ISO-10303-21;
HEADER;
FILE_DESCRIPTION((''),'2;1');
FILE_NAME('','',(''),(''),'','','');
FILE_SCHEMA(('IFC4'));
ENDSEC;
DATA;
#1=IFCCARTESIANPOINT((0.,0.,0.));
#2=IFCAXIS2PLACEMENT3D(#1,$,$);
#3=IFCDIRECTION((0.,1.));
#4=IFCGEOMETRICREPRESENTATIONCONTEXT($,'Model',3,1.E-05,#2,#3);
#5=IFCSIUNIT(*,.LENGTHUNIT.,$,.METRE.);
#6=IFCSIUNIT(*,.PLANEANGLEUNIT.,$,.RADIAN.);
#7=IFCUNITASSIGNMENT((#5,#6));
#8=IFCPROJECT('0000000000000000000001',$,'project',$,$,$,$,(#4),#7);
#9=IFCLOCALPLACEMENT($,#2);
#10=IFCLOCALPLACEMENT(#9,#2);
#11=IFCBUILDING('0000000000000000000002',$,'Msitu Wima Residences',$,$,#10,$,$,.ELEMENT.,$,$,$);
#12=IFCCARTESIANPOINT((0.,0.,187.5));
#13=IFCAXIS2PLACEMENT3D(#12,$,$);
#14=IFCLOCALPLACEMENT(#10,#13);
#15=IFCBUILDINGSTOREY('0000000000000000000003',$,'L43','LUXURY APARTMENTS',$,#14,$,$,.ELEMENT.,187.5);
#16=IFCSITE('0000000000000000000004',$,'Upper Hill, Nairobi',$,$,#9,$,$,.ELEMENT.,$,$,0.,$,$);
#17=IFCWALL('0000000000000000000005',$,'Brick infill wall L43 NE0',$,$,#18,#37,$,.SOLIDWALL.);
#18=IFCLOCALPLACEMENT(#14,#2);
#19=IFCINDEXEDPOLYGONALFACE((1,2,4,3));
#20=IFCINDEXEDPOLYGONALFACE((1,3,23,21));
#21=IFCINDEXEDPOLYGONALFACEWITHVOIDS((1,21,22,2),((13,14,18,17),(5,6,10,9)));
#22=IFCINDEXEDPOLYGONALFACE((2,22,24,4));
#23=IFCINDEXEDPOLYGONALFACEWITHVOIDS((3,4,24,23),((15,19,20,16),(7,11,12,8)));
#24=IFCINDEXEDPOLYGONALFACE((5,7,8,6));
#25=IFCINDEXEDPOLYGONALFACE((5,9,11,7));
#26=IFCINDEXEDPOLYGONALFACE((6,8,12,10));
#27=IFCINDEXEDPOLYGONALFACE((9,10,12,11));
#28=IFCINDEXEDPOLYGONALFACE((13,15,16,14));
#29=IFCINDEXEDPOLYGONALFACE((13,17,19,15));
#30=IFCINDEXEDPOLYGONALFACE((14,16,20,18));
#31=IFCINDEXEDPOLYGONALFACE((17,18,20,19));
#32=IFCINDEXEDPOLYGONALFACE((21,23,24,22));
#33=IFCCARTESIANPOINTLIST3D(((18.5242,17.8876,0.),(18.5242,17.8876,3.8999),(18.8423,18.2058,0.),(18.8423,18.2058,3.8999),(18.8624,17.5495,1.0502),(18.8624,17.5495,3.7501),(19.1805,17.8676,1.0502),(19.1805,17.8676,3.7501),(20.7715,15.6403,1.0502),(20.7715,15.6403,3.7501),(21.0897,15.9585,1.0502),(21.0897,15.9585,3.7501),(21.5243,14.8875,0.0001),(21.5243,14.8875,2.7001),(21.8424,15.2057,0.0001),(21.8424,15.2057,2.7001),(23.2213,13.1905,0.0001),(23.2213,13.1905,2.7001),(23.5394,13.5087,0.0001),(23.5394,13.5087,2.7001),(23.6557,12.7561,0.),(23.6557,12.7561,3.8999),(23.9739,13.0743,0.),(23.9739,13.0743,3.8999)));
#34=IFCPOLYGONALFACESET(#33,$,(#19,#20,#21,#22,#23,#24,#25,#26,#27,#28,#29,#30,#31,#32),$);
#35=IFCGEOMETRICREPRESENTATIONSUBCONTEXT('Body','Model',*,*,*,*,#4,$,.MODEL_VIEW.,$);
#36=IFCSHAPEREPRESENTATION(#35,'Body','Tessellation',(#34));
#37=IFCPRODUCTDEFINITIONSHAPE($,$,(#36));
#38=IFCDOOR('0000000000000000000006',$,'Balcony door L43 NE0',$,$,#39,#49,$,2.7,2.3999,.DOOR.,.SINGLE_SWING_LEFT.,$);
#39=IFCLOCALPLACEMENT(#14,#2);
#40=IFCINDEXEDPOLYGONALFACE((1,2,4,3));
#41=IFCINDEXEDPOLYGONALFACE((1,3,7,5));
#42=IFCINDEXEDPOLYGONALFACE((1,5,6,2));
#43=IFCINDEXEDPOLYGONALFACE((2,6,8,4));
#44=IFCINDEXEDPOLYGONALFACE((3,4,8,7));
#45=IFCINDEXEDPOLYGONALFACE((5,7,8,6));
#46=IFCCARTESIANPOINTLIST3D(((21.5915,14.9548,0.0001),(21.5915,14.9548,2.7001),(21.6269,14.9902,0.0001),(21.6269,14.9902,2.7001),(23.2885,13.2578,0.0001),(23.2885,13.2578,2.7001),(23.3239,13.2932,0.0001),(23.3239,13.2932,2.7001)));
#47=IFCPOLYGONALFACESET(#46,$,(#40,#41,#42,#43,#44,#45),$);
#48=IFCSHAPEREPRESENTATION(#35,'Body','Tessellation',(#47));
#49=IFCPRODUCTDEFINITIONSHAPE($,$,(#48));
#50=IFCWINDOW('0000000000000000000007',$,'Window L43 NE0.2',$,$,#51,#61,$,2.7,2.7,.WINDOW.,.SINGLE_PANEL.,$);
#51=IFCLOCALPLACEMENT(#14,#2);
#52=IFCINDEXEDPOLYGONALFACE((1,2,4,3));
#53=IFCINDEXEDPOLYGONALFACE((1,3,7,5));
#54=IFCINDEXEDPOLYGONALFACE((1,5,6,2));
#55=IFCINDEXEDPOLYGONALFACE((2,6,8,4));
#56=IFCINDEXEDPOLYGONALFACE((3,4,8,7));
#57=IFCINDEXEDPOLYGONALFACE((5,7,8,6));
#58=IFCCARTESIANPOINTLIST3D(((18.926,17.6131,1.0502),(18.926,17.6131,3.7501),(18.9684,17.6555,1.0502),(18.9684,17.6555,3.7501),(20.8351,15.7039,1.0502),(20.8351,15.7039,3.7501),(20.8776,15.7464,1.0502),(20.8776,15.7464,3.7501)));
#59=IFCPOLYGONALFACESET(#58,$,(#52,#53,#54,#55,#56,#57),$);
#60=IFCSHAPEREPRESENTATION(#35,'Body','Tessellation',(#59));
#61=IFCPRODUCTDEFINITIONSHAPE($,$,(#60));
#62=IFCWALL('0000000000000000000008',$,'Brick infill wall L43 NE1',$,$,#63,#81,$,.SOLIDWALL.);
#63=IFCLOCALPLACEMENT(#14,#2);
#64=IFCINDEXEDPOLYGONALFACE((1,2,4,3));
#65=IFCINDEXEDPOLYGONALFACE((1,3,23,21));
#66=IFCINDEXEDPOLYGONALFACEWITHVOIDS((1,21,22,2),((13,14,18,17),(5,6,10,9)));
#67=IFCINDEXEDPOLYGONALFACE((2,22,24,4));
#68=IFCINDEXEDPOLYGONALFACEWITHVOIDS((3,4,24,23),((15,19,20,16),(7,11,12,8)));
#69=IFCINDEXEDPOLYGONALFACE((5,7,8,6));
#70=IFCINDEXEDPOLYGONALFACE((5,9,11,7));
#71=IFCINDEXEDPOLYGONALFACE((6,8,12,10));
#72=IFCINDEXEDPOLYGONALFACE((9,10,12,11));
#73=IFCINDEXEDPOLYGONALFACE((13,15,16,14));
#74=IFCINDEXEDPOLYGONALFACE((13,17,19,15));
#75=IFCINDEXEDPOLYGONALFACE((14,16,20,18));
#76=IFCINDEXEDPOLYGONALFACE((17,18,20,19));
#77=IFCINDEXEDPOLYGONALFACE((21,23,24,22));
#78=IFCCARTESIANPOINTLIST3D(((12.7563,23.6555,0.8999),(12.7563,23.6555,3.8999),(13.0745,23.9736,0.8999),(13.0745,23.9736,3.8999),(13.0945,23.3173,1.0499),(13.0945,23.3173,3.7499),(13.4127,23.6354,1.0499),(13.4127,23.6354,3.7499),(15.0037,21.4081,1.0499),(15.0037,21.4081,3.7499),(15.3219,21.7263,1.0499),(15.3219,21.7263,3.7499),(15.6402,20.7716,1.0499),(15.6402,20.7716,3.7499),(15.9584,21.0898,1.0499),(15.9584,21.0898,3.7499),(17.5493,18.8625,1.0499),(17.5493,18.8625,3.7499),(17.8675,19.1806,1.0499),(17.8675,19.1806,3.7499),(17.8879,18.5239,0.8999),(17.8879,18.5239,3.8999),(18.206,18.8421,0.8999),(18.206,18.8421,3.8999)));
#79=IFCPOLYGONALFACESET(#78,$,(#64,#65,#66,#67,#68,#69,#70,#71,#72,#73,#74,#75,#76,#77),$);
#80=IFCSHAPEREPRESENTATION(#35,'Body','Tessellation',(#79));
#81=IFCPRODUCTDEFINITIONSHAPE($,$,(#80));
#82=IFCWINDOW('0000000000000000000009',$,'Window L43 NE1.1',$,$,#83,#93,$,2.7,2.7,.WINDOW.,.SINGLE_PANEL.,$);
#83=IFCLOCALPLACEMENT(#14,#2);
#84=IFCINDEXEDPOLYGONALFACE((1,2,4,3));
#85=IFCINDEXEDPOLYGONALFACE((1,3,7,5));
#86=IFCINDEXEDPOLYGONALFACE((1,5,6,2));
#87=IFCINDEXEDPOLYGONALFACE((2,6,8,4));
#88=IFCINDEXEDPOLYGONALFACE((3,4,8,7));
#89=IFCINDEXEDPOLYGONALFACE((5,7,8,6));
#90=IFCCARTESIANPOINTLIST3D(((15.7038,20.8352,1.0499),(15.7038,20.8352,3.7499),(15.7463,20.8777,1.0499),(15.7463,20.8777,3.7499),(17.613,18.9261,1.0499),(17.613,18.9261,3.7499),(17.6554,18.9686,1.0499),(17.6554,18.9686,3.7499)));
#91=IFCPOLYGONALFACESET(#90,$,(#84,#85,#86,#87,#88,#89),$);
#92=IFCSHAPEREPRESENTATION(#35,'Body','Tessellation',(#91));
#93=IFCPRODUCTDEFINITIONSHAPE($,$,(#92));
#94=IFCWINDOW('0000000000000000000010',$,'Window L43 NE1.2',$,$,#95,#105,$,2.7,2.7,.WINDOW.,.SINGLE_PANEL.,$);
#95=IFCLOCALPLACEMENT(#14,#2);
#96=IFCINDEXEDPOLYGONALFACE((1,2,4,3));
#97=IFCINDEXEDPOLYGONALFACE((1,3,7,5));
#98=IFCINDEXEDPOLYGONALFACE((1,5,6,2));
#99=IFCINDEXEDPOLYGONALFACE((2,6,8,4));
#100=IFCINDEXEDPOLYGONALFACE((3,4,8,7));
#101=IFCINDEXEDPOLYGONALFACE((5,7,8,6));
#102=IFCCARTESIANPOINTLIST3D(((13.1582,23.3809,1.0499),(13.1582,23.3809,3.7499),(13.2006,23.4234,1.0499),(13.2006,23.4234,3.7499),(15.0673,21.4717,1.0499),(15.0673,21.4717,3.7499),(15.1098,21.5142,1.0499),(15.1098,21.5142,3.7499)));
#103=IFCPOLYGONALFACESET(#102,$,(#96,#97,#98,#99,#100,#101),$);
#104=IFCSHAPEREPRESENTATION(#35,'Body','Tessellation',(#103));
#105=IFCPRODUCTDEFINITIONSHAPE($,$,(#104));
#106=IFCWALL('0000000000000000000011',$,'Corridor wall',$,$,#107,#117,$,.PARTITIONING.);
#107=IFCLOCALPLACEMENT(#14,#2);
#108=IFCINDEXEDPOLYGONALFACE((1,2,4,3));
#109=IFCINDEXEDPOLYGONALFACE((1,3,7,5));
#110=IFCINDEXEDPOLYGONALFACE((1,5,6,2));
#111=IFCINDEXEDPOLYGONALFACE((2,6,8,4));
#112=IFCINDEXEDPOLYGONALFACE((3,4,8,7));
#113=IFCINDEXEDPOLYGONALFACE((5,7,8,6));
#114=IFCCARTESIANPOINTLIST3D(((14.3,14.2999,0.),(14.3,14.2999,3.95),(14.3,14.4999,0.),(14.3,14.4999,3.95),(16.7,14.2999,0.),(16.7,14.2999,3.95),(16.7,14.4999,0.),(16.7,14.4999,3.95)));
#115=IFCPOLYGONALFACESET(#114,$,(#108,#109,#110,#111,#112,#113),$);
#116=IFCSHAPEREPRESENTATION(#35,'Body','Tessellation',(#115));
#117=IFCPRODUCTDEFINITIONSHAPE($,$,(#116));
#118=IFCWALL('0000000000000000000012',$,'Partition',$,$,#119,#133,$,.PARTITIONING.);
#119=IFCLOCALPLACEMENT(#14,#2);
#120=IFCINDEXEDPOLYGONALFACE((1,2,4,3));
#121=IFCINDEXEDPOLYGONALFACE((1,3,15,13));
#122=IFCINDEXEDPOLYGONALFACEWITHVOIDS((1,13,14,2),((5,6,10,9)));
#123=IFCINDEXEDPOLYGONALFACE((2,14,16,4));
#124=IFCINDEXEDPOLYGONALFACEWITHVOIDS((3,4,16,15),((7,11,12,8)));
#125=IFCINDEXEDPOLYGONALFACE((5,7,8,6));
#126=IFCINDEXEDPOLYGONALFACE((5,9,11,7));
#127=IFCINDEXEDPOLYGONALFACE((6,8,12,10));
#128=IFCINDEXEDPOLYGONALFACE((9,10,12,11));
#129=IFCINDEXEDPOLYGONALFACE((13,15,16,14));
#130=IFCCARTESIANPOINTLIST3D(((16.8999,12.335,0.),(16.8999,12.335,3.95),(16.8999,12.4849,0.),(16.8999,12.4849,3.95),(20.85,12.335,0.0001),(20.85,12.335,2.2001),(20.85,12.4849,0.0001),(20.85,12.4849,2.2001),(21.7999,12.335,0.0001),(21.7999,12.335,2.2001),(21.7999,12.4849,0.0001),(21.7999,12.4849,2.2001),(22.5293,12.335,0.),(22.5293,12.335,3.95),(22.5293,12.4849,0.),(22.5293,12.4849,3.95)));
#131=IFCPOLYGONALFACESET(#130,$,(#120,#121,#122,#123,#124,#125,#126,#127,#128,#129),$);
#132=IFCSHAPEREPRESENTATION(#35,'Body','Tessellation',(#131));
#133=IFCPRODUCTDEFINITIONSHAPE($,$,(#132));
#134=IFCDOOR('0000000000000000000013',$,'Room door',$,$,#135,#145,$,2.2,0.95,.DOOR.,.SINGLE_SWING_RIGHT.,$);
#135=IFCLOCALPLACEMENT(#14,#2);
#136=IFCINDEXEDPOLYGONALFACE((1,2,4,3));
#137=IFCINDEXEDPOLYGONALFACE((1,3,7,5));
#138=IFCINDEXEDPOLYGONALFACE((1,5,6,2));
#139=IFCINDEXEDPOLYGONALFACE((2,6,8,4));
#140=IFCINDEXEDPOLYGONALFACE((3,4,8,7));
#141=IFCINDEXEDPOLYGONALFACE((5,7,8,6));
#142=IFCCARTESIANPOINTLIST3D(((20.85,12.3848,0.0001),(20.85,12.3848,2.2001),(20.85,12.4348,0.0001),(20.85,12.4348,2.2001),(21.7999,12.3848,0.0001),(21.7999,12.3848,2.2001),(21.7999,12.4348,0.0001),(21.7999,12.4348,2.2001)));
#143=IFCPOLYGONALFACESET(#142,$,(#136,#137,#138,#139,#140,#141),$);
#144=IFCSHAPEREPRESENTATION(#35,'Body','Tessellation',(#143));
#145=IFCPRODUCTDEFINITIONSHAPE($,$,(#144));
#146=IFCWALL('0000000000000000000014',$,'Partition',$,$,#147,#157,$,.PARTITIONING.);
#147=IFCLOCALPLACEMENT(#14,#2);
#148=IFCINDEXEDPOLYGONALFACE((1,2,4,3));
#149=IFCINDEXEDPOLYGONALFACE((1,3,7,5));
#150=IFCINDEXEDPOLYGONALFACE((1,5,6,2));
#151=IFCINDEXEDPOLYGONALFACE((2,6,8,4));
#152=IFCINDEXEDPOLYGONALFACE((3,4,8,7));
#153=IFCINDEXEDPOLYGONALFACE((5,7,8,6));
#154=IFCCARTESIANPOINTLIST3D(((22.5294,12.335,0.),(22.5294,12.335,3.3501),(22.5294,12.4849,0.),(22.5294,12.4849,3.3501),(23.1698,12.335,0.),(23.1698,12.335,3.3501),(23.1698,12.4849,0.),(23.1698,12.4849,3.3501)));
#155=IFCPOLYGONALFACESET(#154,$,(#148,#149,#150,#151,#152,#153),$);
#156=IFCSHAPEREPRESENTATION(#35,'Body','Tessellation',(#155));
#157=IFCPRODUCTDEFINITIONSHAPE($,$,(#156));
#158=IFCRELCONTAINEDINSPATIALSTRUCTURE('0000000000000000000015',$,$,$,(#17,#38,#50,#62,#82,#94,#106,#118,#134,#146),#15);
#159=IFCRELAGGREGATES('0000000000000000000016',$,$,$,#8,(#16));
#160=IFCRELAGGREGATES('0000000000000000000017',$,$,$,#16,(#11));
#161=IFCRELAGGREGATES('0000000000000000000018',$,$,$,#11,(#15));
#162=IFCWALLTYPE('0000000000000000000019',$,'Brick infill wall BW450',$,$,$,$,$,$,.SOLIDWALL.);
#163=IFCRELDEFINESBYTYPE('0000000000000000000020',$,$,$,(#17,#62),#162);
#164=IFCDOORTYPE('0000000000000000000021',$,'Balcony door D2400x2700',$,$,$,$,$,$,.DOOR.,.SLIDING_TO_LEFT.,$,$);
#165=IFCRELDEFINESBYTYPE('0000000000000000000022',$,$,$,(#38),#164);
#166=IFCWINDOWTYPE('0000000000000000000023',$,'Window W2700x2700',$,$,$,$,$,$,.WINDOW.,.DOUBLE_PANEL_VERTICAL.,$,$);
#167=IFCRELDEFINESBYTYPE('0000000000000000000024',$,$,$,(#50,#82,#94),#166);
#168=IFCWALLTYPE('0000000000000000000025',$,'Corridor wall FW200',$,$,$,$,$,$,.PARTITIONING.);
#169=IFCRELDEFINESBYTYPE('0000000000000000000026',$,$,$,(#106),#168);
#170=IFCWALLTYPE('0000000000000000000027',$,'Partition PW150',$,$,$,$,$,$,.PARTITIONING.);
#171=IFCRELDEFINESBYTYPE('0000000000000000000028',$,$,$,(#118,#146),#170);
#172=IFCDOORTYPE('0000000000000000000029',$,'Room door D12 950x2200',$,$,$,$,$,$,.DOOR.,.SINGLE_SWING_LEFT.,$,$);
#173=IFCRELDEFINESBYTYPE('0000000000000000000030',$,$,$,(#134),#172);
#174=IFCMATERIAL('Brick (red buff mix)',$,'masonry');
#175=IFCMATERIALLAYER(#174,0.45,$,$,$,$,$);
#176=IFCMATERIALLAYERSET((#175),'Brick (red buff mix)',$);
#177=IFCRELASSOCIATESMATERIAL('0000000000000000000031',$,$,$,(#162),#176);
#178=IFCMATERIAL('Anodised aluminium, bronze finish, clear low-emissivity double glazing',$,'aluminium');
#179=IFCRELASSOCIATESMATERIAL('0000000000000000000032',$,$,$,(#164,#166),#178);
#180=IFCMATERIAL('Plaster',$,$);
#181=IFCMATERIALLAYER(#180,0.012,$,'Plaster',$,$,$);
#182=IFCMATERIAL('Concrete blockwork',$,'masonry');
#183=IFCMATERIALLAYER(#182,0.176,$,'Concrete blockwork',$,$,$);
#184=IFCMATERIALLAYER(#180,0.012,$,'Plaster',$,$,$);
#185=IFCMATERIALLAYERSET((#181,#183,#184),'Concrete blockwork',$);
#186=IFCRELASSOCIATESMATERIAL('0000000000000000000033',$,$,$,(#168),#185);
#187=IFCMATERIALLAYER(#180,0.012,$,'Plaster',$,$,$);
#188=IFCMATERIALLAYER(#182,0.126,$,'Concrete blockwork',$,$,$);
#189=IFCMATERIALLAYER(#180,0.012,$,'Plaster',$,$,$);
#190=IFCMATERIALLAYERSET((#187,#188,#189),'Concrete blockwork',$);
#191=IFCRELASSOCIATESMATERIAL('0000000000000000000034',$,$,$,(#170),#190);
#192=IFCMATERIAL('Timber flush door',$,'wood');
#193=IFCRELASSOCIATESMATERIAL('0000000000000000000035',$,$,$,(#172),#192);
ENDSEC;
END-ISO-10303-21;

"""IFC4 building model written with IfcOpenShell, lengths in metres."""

from ifc_helpers import new_model, si_unit, direction, frame, frame_2d, origin, place, context, subcontext, project, spatial, rectangle, extrude, material, layer, layer_set, type_object, element, fill, save


model = new_model("IFC4")

# Units and contexts
model_context = context("Model", 3, precision=1e-05, world=origin(), true_north=direction((0.0, 1.0)))
body_context = subcontext(model_context, "Body", "Model", "MODEL_VIEW")
ifc_project = project(units=[si_unit("LENGTHUNIT", "METRE"), si_unit("PLANEANGLEUNIT", "RADIAN")], contexts=[model_context])

# Site, building, storey
site_placement = place(None, origin())
site = spatial("IfcSite", under=ifc_project, at=site_placement, Name="Upper Hill, Nairobi", CompositionType="ELEMENT", RefElevation=0.0)
building_placement = place(site_placement, origin())
building = spatial("IfcBuilding", under=site, at=building_placement, Name="Msitu Wima Residences", CompositionType="ELEMENT")
storey_placement = place(building_placement, frame((0.0, 0.0, 187.5)))
storey = spatial("IfcBuildingStorey", under=building, at=storey_placement, Name="L43", Description="LUXURY APARTMENTS", CompositionType="ELEMENT", Elevation=187.5)

# Wall, openings, door, window
ifc_material_1 = material(Name="Brick (red buff mix)", Category="masonry")
ifc_layer_1 = layer(ifc_material_1, 0.45)
ifc_layer_set_1 = layer_set([ifc_layer_1], Name="Brick (red buff mix)")
wall_type_1 = type_object("IfcWallType", Name="Brick infill wall BW450", PredefinedType="SOLIDWALL", material=ifc_layer_set_1)
wall_1_placement = place(storey_placement, frame((23.8147, 12.9153, 0.0), z_axis=(0.0, 0.0, 1.0), x_axis=(-0.707107, 0.707107, 0.0)))
wall_1 = element("IfcWall", 1, at=wall_1_placement, inside=storey, type_object=wall_type_1, Name="Brick infill wall L43 NE0", PredefinedType="SOLIDWALL", context=body_context, shape_type="SweptSolid", body=[
    extrude(rectangle(XDim=7.2571, YDim=0.45, at=frame_2d((3.6284, 0.0))), origin(), (0.0, 0.0, 1.0), 3.8999),
])
opening_1_placement = place(wall_1_placement, frame((0.6143, 0.0, 0.0)))
opening_1 = element("IfcOpeningElement", 2, at=opening_1_placement, cuts=wall_1, PredefinedType="OPENING", context=body_context, shape_type="SweptSolid", body=[
    extrude(rectangle(XDim=2.3999, YDim=2.7, at=frame_2d((1.2, 1.3501))), frame((0.0, 0.2349, 0.0), z_axis=(0.0, -1.0, 0.0), x_axis=(1.0, 0.0, 0.0)), (0.0, 0.0, 1.0), 0.47),
])
opening_2_placement = place(wall_1_placement, frame((4.0786, 0.0, 1.05)))
opening_2 = element("IfcOpeningElement", 3, at=opening_2_placement, cuts=wall_1, PredefinedType="OPENING", context=body_context, shape_type="SweptSolid", body=[
    extrude(rectangle(XDim=2.7, YDim=2.7, at=frame_2d((1.3501, 1.3501))), frame((0.0, 0.2349, 0.0), z_axis=(0.0, -1.0, 0.0), x_axis=(1.0, 0.0, 0.0)), (0.0, 0.0, 1.0), 0.47),
])
ifc_material_2 = material(Name="Anodised aluminium, bronze finish, clear low-emissivity double glazing", Category="aluminium")
door_type_1 = type_object("IfcDoorType", Name="Balcony door D2400x2700", OperationType="SLIDING_TO_LEFT", PredefinedType="DOOR", material=ifc_material_2)
door_1_placement = place(opening_1_placement, origin())
door_1 = element("IfcDoor", 4, at=door_1_placement, inside=storey, type_object=door_type_1, Name="Balcony door L43 NE0", OperationType="SINGLE_SWING_LEFT", OverallHeight=2.7, OverallWidth=2.3999, PredefinedType="DOOR", context=body_context, shape_type="SweptSolid", body=[
    extrude(rectangle(XDim=2.3999, YDim=2.7, at=frame_2d((1.2, 1.3501))), frame((0.0, 0.1299, 0.0), z_axis=(0.0, -1.0, 0.0), x_axis=(1.0, 0.0, 0.0)), (0.0, 0.0, 1.0), 0.05),
])
fill(opening_1, door_1)
window_type = type_object("IfcWindowType", Name="Window W2700x2700", PartitioningType="DOUBLE_PANEL_VERTICAL", PredefinedType="WINDOW", material=ifc_material_2)
window_1_placement = place(opening_2_placement, origin())
window_1 = element("IfcWindow", 5, at=window_1_placement, inside=storey, type_object=window_type, Name="Window L43 NE0.2", OverallHeight=2.7, OverallWidth=2.7, PartitioningType="SINGLE_PANEL", PredefinedType="WINDOW", context=body_context, shape_type="SweptSolid", body=[
    extrude(rectangle(XDim=2.7, YDim=2.7, at=frame_2d((1.3501, 1.3501))), frame((0.0, 0.135, 0.0), z_axis=(0.0, -1.0, 0.0), x_axis=(1.0, 0.0, 0.0)), (0.0, 0.0, 1.0), 0.0601),
])
fill(opening_2, window_1)

# Wall, openings, windows
wall_2_placement = place(storey_placement, frame((18.0469, 18.6831, 0.8999), z_axis=(0.0, 0.0, 1.0), x_axis=(-0.707107, 0.707107, 0.0)))
wall_2 = element("IfcWall", 6, at=wall_2_placement, inside=storey, type_object=wall_type_1, Name="Brick infill wall L43 NE1", PredefinedType="SOLIDWALL", context=body_context, shape_type="SweptSolid", body=[
    extrude(rectangle(XDim=7.2571, YDim=0.45, at=frame_2d((3.6284, 0.0))), origin(), (0.0, 0.0, 1.0), 3.0),
])
opening_3_placement = place(wall_2_placement, frame((0.4785, 0.0, 0.1499)))
opening_3 = element("IfcOpeningElement", 7, at=opening_3_placement, cuts=wall_2, PredefinedType="OPENING", context=body_context, shape_type="SweptSolid", body=[
    extrude(rectangle(XDim=2.7, YDim=2.7, at=frame_2d((1.3501, 1.3501))), frame((0.0, 0.2349, 0.0), z_axis=(0.0, -1.0, 0.0), x_axis=(1.0, 0.0, 0.0)), (0.0, 0.0, 1.0), 0.47),
])
opening_4_placement = place(wall_2_placement, frame((4.0786, 0.0, 0.1499)))
opening_4 = element("IfcOpeningElement", 8, at=opening_4_placement, cuts=wall_2, PredefinedType="OPENING", context=body_context, shape_type="SweptSolid", body=[
    extrude(rectangle(XDim=2.7, YDim=2.7, at=frame_2d((1.3501, 1.3501))), frame((0.0, 0.2349, 0.0), z_axis=(0.0, -1.0, 0.0), x_axis=(1.0, 0.0, 0.0)), (0.0, 0.0, 1.0), 0.47),
])
window_2_placement = place(opening_3_placement, origin())
window_2 = element("IfcWindow", 9, at=window_2_placement, inside=storey, type_object=window_type, Name="Window L43 NE1.1", OverallHeight=2.7, OverallWidth=2.7, PartitioningType="SINGLE_PANEL", PredefinedType="WINDOW", context=body_context, shape_type="SweptSolid", body=[
    extrude(rectangle(XDim=2.7, YDim=2.7, at=frame_2d((1.3501, 1.3501))), frame((0.0, 0.135, 0.0), z_axis=(0.0, -1.0, 0.0), x_axis=(1.0, 0.0, 0.0)), (0.0, 0.0, 1.0), 0.0601),
])
fill(opening_3, window_2)
window_3_placement = place(opening_4_placement, origin())
window_3 = element("IfcWindow", 10, at=window_3_placement, inside=storey, type_object=window_type, Name="Window L43 NE1.2", OverallHeight=2.7, OverallWidth=2.7, PartitioningType="SINGLE_PANEL", PredefinedType="WINDOW", context=body_context, shape_type="SweptSolid", body=[
    extrude(rectangle(XDim=2.7, YDim=2.7, at=frame_2d((1.3501, 1.3501))), frame((0.0, 0.135, 0.0), z_axis=(0.0, -1.0, 0.0), x_axis=(1.0, 0.0, 0.0)), (0.0, 0.0, 1.0), 0.0601),
])
fill(opening_4, window_3)

# Wall
ifc_material_3 = material(Name="Plaster")
ifc_layer_2 = layer(ifc_material_3, 0.012, Name="Plaster")
ifc_material_4 = material(Name="Concrete blockwork", Category="masonry")
ifc_layer_3 = layer(ifc_material_4, 0.176, Name="Concrete blockwork")
ifc_layer_4 = layer(ifc_material_3, 0.012, Name="Plaster")
ifc_layer_set_2 = layer_set([ifc_layer_2, ifc_layer_3, ifc_layer_4], Name="Concrete blockwork")
wall_type_2 = type_object("IfcWallType", Name="Corridor wall FW200", PredefinedType="PARTITIONING", material=ifc_layer_set_2)
wall_3_placement = place(storey_placement, frame((14.3, 14.3999, 0.0), z_axis=(0.0, 0.0, 1.0), x_axis=(1.0, 0.0, 0.0)))
element("IfcWall", 11, at=wall_3_placement, inside=storey, type_object=wall_type_2, Name="Corridor wall", PredefinedType="PARTITIONING", context=body_context, shape_type="SweptSolid", body=[
    extrude(rectangle(XDim=2.3999, YDim=0.2, at=frame_2d((1.2, 0.0))), origin(), (0.0, 0.0, 1.0), 3.95),
])

# Wall, opening, door
ifc_layer_5 = layer(ifc_material_3, 0.012, Name="Plaster")
ifc_layer_6 = layer(ifc_material_4, 0.126, Name="Concrete blockwork")
ifc_layer_7 = layer(ifc_material_3, 0.012, Name="Plaster")
ifc_layer_set_3 = layer_set([ifc_layer_5, ifc_layer_6, ifc_layer_7], Name="Concrete blockwork")
wall_type_3 = type_object("IfcWallType", Name="Partition PW150", PredefinedType="PARTITIONING", material=ifc_layer_set_3)
wall_4_placement = place(storey_placement, frame((16.8999, 12.4099, 0.0), z_axis=(0.0, 0.0, 1.0), x_axis=(1.0, 0.0, 0.0)))
wall_4 = element("IfcWall", 12, at=wall_4_placement, inside=storey, type_object=wall_type_3, Name="Partition", PredefinedType="PARTITIONING", context=body_context, shape_type="SweptSolid", body=[
    extrude(rectangle(XDim=5.6294, YDim=0.1499, at=frame_2d((2.8147, 0.0))), origin(), (0.0, 0.0, 1.0), 3.95),
])
opening_5_placement = place(wall_4_placement, frame((3.95, 0.0, 0.0)))
opening_5 = element("IfcOpeningElement", 13, at=opening_5_placement, cuts=wall_4, PredefinedType="OPENING", context=body_context, shape_type="SweptSolid", body=[
    extrude(rectangle(XDim=0.95, YDim=2.2, at=frame_2d((0.4751, 1.1001))), frame((0.0, 0.085, 0.0), z_axis=(0.0, -1.0, 0.0), x_axis=(1.0, 0.0, 0.0)), (0.0, 0.0, 1.0), 0.1699),
])
ifc_material_5 = material(Name="Timber flush door", Category="wood")
door_type_2 = type_object("IfcDoorType", Name="Room door D12 950x2200", OperationType="SINGLE_SWING_LEFT", PredefinedType="DOOR", material=ifc_material_5)
door_2_placement = place(opening_5_placement, origin())
door_2 = element("IfcDoor", 14, at=door_2_placement, inside=storey, type_object=door_type_2, Name="Room door", OperationType="SINGLE_SWING_RIGHT", OverallHeight=2.2, OverallWidth=0.95, PredefinedType="DOOR", context=body_context, shape_type="SweptSolid", body=[
    extrude(rectangle(XDim=0.95, YDim=2.2, at=frame_2d((0.4751, 1.1001))), frame((0.0, 0.0249, 0.0), z_axis=(0.0, -1.0, 0.0), x_axis=(1.0, 0.0, 0.0)), (0.0, 0.0, 1.0), 0.05),
])
fill(opening_5, door_2)

# Wall
wall_5_placement = place(storey_placement, frame((22.5293, 12.4099, 0.0), z_axis=(0.0, 0.0, 1.0), x_axis=(1.0, 0.0, 0.0)))
element("IfcWall", 15, at=wall_5_placement, inside=storey, type_object=wall_type_3, Name="Partition", PredefinedType="PARTITIONING", context=body_context, shape_type="SweptSolid", body=[
    extrude(rectangle(XDim=0.6404, YDim=0.1499, at=frame_2d((0.3203, 0.0))), origin(), (0.0, 0.0, 1.0), 3.3501),
])

save(model, "model.ifc")
